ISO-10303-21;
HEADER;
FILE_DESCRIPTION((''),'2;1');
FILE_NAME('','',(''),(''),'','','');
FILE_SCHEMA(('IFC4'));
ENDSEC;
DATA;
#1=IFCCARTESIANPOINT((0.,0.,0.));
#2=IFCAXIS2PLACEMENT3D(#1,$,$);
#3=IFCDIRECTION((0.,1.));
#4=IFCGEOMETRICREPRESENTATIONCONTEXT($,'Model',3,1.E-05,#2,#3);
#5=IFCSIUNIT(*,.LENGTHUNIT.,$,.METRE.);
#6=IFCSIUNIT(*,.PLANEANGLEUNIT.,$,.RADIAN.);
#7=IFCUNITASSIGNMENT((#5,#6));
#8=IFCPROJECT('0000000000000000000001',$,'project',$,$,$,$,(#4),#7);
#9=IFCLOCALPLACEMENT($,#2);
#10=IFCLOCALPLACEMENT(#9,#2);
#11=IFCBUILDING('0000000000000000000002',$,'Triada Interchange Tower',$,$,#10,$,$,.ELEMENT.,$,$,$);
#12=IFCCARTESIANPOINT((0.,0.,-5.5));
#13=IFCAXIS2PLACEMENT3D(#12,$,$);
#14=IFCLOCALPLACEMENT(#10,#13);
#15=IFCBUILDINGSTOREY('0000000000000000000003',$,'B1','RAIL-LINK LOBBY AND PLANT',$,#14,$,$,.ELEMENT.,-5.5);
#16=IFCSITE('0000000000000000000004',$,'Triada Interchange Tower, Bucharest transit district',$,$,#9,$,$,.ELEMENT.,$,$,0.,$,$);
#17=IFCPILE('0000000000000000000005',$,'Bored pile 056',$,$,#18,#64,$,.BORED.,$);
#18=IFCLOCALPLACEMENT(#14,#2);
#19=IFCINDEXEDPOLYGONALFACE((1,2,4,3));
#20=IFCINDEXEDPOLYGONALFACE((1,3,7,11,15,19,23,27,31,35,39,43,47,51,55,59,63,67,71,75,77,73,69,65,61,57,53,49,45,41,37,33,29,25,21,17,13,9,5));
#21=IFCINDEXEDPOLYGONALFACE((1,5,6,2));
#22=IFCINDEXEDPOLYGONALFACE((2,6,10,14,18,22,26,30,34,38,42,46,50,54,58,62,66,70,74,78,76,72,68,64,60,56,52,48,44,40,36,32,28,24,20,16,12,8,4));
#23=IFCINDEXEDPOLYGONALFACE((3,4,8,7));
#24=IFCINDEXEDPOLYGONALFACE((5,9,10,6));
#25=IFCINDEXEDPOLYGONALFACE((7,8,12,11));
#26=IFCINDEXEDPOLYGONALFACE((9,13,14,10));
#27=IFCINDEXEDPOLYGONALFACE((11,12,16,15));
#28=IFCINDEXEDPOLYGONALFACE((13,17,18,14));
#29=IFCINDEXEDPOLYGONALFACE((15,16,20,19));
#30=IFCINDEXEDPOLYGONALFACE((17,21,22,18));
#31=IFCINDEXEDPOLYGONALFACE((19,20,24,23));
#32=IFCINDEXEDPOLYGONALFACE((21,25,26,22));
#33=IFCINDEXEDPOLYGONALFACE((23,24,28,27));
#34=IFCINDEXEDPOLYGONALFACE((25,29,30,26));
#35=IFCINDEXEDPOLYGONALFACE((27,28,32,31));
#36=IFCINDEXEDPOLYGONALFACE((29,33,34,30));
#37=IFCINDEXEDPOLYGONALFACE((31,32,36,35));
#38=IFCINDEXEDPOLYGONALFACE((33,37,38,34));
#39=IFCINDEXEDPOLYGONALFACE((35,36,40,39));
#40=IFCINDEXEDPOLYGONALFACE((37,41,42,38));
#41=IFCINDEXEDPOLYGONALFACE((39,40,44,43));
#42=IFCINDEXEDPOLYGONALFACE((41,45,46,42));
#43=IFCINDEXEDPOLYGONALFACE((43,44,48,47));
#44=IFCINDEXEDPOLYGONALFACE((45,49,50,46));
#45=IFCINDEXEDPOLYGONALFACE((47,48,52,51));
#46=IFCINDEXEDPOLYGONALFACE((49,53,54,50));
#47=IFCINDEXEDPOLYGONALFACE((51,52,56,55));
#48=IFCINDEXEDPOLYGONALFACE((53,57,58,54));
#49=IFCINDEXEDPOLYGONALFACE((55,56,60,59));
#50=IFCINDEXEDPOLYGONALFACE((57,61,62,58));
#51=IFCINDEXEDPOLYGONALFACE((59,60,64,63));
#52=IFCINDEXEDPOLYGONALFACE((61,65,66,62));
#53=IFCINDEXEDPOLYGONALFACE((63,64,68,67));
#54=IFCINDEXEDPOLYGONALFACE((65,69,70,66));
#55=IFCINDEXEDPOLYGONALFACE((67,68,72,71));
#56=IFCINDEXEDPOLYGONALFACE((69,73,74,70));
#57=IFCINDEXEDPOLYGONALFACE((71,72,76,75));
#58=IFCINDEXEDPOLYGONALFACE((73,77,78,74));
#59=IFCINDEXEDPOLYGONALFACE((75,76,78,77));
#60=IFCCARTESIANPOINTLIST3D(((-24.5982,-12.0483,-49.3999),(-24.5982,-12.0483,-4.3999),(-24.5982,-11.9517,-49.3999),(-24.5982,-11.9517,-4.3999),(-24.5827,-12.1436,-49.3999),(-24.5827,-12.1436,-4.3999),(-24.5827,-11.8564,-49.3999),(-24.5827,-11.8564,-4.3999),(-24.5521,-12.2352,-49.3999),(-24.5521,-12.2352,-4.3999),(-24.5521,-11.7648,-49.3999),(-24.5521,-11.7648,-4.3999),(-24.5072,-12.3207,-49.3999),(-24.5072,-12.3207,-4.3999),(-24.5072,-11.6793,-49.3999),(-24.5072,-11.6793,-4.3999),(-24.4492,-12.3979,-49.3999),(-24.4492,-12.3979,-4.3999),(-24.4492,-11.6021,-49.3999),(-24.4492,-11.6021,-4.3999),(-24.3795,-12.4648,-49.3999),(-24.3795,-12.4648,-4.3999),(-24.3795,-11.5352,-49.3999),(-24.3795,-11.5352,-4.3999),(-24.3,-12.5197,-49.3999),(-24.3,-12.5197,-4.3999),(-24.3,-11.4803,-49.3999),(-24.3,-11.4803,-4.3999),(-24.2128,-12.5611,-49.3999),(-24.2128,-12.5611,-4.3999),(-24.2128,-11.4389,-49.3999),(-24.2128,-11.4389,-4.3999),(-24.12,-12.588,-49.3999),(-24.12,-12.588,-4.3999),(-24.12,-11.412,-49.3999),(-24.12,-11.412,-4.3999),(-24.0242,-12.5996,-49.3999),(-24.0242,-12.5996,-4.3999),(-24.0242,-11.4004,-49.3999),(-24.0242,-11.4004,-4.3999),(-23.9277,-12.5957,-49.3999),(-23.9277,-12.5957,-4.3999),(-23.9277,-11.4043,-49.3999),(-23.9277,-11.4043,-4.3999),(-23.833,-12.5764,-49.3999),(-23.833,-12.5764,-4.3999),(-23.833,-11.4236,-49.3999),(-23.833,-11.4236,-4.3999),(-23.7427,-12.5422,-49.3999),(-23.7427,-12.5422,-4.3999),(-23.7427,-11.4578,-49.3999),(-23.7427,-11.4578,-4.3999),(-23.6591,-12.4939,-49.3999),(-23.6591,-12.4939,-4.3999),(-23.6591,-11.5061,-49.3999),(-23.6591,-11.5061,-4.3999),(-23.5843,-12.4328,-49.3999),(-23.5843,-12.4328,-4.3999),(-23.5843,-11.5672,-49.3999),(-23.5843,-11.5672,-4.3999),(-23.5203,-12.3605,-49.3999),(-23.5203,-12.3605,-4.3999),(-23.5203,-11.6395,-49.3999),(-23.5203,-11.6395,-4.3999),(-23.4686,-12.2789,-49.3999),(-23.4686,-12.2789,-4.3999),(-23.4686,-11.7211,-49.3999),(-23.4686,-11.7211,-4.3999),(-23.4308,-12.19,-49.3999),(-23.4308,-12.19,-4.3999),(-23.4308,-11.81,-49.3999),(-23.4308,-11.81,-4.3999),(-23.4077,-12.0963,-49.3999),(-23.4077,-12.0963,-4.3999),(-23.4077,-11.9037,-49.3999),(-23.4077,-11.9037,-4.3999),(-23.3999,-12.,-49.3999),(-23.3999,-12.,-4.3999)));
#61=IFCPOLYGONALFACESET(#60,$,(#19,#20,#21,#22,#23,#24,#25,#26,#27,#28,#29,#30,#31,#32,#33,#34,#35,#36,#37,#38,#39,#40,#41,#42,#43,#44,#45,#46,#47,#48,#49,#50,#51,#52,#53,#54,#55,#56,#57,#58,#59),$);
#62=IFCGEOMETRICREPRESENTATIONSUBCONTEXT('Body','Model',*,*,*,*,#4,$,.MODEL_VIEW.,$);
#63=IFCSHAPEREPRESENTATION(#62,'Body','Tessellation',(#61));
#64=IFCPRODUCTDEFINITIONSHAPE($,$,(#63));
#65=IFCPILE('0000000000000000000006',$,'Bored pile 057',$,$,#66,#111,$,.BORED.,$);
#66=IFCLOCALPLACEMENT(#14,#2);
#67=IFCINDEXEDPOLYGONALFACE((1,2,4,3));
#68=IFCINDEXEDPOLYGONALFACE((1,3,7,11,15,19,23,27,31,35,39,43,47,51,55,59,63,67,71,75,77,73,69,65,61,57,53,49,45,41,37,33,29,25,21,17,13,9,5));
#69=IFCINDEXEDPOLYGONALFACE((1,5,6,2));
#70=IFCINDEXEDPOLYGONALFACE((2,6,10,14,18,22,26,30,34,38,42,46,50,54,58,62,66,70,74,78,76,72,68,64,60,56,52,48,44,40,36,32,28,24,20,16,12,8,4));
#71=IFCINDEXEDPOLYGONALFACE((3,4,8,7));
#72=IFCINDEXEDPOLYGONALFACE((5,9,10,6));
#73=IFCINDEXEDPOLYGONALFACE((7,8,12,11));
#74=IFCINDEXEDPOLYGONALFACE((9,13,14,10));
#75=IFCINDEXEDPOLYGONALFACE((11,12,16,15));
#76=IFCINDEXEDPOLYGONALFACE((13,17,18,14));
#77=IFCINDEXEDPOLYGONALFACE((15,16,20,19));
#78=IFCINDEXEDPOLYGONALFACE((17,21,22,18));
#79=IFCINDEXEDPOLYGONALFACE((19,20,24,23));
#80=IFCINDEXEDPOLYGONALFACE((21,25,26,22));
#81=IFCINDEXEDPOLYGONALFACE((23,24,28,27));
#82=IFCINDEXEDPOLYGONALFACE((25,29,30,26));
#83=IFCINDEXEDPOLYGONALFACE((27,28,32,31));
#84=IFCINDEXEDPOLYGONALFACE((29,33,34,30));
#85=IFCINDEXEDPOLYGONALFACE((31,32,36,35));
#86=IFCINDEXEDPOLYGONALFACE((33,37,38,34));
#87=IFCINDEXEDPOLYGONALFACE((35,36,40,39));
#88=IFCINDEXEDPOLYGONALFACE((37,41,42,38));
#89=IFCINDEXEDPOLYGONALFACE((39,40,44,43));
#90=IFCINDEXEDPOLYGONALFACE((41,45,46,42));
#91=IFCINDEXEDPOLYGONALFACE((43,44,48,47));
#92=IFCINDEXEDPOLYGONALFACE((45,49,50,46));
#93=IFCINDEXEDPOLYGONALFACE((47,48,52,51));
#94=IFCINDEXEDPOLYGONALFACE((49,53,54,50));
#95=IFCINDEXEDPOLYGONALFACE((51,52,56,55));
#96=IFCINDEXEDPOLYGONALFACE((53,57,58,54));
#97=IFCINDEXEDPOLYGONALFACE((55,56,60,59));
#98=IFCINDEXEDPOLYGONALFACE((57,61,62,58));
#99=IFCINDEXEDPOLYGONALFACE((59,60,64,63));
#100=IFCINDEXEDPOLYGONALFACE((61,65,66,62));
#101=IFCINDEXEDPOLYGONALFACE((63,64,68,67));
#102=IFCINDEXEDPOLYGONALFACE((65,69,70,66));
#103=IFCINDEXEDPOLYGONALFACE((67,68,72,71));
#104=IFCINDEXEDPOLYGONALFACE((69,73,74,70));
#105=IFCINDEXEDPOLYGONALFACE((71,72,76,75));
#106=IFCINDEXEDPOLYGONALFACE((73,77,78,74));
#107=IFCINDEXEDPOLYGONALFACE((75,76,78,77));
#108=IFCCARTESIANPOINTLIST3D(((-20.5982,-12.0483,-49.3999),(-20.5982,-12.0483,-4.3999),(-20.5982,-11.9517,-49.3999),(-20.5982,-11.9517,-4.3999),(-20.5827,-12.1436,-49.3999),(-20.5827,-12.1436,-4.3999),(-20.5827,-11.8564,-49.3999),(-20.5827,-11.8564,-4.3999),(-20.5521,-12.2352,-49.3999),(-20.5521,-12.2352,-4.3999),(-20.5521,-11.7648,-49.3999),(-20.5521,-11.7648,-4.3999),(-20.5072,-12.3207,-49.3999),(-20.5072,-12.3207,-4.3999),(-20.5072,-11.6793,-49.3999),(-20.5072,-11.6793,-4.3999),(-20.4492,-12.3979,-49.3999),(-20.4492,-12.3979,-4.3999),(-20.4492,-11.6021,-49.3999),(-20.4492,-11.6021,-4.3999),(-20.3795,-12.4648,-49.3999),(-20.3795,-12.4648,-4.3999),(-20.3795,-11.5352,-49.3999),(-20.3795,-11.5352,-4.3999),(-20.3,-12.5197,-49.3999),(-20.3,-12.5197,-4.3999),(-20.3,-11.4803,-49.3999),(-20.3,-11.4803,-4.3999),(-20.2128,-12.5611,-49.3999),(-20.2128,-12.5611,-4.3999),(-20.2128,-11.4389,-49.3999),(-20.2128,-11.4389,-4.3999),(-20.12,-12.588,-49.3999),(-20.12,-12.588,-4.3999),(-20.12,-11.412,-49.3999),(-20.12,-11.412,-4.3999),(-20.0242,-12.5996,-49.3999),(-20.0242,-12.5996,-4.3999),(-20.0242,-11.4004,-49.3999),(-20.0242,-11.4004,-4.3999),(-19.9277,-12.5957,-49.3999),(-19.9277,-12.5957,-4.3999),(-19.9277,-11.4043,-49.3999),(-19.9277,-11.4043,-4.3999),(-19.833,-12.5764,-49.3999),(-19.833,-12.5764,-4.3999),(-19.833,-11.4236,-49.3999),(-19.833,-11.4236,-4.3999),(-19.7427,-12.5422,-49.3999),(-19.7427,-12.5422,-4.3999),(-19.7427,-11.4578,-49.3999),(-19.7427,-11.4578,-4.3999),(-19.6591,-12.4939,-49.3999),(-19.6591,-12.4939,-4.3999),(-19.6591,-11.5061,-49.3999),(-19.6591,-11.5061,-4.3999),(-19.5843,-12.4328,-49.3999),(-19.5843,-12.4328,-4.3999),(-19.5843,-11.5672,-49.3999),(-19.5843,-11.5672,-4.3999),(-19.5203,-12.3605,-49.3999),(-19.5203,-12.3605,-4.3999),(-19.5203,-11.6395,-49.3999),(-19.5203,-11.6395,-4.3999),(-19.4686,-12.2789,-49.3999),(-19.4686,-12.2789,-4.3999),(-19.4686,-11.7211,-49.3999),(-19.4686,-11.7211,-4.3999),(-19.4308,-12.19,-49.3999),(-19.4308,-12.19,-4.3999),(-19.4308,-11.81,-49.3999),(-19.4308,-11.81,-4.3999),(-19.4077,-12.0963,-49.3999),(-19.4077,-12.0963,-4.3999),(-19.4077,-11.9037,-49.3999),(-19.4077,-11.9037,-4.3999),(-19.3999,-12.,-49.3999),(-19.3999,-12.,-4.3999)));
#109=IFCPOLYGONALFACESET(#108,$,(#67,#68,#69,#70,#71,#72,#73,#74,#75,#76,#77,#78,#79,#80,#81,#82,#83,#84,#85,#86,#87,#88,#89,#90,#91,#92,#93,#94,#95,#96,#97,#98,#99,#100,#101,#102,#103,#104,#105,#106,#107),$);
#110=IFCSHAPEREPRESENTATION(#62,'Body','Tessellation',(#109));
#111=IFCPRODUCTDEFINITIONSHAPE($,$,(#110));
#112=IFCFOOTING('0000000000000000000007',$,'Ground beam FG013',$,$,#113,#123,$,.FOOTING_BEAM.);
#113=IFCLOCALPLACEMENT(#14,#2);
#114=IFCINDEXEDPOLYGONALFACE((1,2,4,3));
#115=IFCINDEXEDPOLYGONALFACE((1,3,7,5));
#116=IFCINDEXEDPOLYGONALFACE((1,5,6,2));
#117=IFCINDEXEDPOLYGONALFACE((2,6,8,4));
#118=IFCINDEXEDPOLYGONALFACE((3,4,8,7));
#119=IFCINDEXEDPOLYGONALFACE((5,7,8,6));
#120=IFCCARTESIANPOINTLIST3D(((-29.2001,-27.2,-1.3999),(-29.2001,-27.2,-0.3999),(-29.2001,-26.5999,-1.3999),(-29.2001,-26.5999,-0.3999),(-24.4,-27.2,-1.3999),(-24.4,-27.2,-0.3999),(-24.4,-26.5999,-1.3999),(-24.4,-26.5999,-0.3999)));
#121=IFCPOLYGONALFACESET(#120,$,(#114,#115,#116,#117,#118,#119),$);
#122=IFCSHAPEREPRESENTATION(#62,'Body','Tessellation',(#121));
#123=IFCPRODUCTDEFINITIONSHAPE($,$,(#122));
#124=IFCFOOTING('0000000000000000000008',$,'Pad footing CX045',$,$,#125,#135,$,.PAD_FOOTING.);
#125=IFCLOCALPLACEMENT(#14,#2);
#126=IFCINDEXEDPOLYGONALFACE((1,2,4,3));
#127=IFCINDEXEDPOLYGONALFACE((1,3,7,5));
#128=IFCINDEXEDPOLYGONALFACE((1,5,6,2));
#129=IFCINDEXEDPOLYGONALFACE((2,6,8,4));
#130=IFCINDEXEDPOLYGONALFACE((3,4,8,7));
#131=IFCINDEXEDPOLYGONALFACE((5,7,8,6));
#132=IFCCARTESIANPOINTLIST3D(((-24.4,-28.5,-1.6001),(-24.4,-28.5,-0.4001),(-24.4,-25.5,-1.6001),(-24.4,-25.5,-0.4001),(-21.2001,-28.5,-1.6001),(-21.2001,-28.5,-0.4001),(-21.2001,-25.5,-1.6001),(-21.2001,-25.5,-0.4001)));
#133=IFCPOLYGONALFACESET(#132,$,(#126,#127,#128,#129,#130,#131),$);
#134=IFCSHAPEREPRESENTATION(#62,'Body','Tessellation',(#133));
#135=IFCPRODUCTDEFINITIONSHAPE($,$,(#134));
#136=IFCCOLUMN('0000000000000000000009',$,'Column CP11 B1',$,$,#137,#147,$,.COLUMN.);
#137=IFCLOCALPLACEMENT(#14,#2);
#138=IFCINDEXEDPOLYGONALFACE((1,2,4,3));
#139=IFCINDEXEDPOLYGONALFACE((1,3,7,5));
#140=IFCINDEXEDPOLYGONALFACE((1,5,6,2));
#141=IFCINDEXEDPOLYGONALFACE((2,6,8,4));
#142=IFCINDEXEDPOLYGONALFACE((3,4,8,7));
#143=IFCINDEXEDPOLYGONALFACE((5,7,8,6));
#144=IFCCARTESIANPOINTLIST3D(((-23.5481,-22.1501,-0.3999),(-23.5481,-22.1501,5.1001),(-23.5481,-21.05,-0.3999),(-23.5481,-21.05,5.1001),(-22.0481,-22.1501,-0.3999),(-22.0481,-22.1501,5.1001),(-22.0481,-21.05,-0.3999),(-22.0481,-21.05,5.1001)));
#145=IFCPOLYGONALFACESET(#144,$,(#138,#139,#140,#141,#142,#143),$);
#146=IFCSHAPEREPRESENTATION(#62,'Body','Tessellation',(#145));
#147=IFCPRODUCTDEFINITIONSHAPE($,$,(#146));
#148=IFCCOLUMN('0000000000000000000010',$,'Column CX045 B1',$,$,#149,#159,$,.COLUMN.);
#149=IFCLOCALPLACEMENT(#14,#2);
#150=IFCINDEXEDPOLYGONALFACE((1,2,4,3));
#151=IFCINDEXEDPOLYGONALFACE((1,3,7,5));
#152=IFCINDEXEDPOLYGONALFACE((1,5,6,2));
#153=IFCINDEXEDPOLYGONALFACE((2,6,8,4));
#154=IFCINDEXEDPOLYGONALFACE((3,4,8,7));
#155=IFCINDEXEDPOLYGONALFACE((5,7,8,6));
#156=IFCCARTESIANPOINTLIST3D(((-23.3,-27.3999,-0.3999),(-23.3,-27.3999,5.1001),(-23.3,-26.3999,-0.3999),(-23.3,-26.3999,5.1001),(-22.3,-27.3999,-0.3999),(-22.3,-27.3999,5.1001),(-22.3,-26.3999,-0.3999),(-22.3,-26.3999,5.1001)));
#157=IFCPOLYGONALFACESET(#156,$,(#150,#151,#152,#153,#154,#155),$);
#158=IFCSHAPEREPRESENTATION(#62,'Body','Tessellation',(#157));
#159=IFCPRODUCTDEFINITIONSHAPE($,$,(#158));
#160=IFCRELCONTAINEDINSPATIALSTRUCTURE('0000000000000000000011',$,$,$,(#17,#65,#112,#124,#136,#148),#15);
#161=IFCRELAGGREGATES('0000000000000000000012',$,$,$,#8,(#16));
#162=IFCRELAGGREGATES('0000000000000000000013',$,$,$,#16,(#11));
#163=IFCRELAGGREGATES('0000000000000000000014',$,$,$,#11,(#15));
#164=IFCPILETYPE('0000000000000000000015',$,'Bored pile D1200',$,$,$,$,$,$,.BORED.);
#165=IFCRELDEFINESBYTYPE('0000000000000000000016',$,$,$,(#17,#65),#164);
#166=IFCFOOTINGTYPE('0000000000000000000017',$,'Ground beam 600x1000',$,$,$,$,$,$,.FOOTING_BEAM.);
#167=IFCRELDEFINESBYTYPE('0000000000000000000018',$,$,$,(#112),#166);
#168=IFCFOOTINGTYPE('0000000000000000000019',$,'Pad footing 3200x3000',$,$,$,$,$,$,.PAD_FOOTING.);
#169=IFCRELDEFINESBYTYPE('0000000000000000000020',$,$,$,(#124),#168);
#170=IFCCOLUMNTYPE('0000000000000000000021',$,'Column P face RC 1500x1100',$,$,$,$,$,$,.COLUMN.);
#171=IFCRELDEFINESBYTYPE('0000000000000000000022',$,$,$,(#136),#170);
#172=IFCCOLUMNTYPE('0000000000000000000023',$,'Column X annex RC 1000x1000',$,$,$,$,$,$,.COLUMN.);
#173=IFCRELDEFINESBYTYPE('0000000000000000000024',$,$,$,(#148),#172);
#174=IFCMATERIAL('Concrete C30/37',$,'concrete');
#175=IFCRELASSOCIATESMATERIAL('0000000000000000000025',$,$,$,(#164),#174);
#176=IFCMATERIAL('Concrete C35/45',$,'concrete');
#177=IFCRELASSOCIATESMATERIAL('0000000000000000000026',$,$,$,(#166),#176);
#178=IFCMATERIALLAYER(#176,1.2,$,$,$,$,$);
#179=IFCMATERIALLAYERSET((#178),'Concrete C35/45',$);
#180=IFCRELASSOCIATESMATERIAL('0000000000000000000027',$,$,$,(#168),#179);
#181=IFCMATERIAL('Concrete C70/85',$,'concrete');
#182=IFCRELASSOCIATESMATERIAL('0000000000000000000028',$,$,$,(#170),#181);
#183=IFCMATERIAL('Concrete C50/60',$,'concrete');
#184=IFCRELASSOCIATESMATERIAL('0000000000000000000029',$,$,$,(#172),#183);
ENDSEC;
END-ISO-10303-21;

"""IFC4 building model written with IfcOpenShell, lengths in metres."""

from ifc_helpers import new_model, si_unit, direction, frame, origin, origin_2d, place, context, subcontext, project, spatial, rectangle, circle, extrude, material, layer, layer_set, material_profile, profile_set, type_object, element, save


model = new_model("IFC4")

# Units and contexts
model_context = context("Model", 3, precision=1e-05, world=origin(), true_north=direction((0.0, 1.0)))
body_context = subcontext(model_context, "Body", "Model", "MODEL_VIEW")
ifc_project = project(units=[si_unit("LENGTHUNIT", "METRE"), si_unit("PLANEANGLEUNIT", "RADIAN")], contexts=[model_context])

# Site, building, storey
site_placement = place(None, origin())
site = spatial("IfcSite", under=ifc_project, at=site_placement, Name="Triada Interchange Tower, Bucharest transit district", CompositionType="ELEMENT", RefElevation=0.0)
building_placement = place(site_placement, origin())
building = spatial("IfcBuilding", under=site, at=building_placement, Name="Triada Interchange Tower", CompositionType="ELEMENT")
storey_placement = place(building_placement, frame((0.0, 0.0, -5.5)))
storey = spatial("IfcBuildingStorey", under=building, at=storey_placement, Name="B1", Description="RAIL-LINK LOBBY AND PLANT", CompositionType="ELEMENT", Elevation=-5.5)

# Piles
ifc_material_1 = material(Name="Concrete C30/37", Category="concrete")
ifc_material_profile_1 = material_profile(ifc_material_1, circle(Radius=0.6001, at=origin_2d()), Name="RC D1200")
ifc_profile_set_1 = profile_set([ifc_material_profile_1], Name="Concrete C30/37")
pile_type = type_object("IfcPileType", Name="Bored pile D1200", PredefinedType="BORED", material=ifc_profile_set_1)
for number, where, z_axis, x_axis, name in (
    (1, (-24.0, -12.0, -4.3999), (0.0, 0.0, -1.0), (1.0, 0.0, 0.0), "Bored pile 056"),
    (2, (-20.0, -12.0, -4.3999), (0.0, 0.0, -1.0), (1.0, 0.0, 0.0), "Bored pile 057"),
):
    element("IfcPile", number, at=place(storey_placement, frame(where, z_axis=z_axis, x_axis=x_axis)), inside=storey, type_object=pile_type, Name=name, PredefinedType="BORED", context=body_context, shape_type="SweptSolid", body=[
        extrude(circle(Radius=0.6001, at=origin_2d()), origin(), (0.0, 0.0, 1.0), 45.0),
    ])

# Footings
ifc_material_2 = material(Name="Concrete C35/45", Category="concrete")
footing_type_1 = type_object("IfcFootingType", Name="Ground beam 600x1000", PredefinedType="FOOTING_BEAM", material=ifc_material_2)
footing_1_placement = place(storey_placement, frame((-26.8, -26.8999, -1.3999), z_axis=(0.0, 0.0, 1.0), x_axis=(1.0, 0.0, 0.0)))
element("IfcFooting", 3, at=footing_1_placement, inside=storey, type_object=footing_type_1, Name="Ground beam FG013", PredefinedType="FOOTING_BEAM", context=body_context, shape_type="SweptSolid", body=[
    extrude(rectangle(XDim=4.8, YDim=0.6001, at=origin_2d()), origin(), (0.0, 0.0, 1.0), 1.0),
])
ifc_layer_1 = layer(ifc_material_2, 1.2)
ifc_layer_set_1 = layer_set([ifc_layer_1], Name="Concrete C35/45")
footing_type_2 = type_object("IfcFootingType", Name="Pad footing 3200x3000", PredefinedType="PAD_FOOTING", material=ifc_layer_set_1)
footing_2_placement = place(storey_placement, frame((-22.8, -27.0, -1.6001), z_axis=(0.0, 0.0, 1.0), x_axis=(1.0, 0.0, 0.0)))
element("IfcFooting", 4, at=footing_2_placement, inside=storey, type_object=footing_type_2, Name="Pad footing CX045", PredefinedType="PAD_FOOTING", context=body_context, shape_type="SweptSolid", body=[
    extrude(rectangle(XDim=3.2, YDim=3.0, at=origin_2d()), origin(), (0.0, 0.0, 1.0), 1.2),
])

# Columns
ifc_material_3 = material(Name="Concrete C70/85", Category="concrete")
ifc_material_profile_2 = material_profile(ifc_material_3, rectangle(XDim=1.5, YDim=1.1001, at=origin_2d()), Name="RC 1500x1100")
ifc_profile_set_2 = profile_set([ifc_material_profile_2], Name="Concrete C70/85")
column_type_1 = type_object("IfcColumnType", Name="Column P face RC 1500x1100", PredefinedType="COLUMN", material=ifc_profile_set_2)
column_1_placement = place(storey_placement, frame((-22.7981, -21.6001, -0.3999), z_axis=(0.0, 0.0, 1.0), x_axis=(1.0, 0.0, 0.0)))
element("IfcColumn", 5, at=column_1_placement, inside=storey, type_object=column_type_1, Name="Column CP11 B1", PredefinedType="COLUMN", context=body_context, shape_type="SweptSolid", body=[
    extrude(rectangle(XDim=1.5, YDim=1.1001, at=origin_2d()), origin(), (0.0, 0.0, 1.0), 5.5),
])
ifc_material_4 = material(Name="Concrete C50/60", Category="concrete")
ifc_material_profile_3 = material_profile(ifc_material_4, rectangle(XDim=1.0, YDim=1.0, at=origin_2d()), Name="RC 1000x1000")
ifc_profile_set_3 = profile_set([ifc_material_profile_3], Name="Concrete C50/60")
column_type_2 = type_object("IfcColumnType", Name="Column X annex RC 1000x1000", PredefinedType="COLUMN", material=ifc_profile_set_3)
column_2_placement = place(storey_placement, frame((-22.8, -26.8999, -0.3999), z_axis=(0.0, 0.0, 1.0), x_axis=(1.0, 0.0, 0.0)))
element("IfcColumn", 6, at=column_2_placement, inside=storey, type_object=column_type_2, Name="Column CX045 B1", PredefinedType="COLUMN", context=body_context, shape_type="SweptSolid", body=[
    extrude(rectangle(XDim=1.0, YDim=1.0, at=origin_2d()), origin(), (0.0, 0.0, 1.0), 5.5),
])

save(model, "model.ifc")
